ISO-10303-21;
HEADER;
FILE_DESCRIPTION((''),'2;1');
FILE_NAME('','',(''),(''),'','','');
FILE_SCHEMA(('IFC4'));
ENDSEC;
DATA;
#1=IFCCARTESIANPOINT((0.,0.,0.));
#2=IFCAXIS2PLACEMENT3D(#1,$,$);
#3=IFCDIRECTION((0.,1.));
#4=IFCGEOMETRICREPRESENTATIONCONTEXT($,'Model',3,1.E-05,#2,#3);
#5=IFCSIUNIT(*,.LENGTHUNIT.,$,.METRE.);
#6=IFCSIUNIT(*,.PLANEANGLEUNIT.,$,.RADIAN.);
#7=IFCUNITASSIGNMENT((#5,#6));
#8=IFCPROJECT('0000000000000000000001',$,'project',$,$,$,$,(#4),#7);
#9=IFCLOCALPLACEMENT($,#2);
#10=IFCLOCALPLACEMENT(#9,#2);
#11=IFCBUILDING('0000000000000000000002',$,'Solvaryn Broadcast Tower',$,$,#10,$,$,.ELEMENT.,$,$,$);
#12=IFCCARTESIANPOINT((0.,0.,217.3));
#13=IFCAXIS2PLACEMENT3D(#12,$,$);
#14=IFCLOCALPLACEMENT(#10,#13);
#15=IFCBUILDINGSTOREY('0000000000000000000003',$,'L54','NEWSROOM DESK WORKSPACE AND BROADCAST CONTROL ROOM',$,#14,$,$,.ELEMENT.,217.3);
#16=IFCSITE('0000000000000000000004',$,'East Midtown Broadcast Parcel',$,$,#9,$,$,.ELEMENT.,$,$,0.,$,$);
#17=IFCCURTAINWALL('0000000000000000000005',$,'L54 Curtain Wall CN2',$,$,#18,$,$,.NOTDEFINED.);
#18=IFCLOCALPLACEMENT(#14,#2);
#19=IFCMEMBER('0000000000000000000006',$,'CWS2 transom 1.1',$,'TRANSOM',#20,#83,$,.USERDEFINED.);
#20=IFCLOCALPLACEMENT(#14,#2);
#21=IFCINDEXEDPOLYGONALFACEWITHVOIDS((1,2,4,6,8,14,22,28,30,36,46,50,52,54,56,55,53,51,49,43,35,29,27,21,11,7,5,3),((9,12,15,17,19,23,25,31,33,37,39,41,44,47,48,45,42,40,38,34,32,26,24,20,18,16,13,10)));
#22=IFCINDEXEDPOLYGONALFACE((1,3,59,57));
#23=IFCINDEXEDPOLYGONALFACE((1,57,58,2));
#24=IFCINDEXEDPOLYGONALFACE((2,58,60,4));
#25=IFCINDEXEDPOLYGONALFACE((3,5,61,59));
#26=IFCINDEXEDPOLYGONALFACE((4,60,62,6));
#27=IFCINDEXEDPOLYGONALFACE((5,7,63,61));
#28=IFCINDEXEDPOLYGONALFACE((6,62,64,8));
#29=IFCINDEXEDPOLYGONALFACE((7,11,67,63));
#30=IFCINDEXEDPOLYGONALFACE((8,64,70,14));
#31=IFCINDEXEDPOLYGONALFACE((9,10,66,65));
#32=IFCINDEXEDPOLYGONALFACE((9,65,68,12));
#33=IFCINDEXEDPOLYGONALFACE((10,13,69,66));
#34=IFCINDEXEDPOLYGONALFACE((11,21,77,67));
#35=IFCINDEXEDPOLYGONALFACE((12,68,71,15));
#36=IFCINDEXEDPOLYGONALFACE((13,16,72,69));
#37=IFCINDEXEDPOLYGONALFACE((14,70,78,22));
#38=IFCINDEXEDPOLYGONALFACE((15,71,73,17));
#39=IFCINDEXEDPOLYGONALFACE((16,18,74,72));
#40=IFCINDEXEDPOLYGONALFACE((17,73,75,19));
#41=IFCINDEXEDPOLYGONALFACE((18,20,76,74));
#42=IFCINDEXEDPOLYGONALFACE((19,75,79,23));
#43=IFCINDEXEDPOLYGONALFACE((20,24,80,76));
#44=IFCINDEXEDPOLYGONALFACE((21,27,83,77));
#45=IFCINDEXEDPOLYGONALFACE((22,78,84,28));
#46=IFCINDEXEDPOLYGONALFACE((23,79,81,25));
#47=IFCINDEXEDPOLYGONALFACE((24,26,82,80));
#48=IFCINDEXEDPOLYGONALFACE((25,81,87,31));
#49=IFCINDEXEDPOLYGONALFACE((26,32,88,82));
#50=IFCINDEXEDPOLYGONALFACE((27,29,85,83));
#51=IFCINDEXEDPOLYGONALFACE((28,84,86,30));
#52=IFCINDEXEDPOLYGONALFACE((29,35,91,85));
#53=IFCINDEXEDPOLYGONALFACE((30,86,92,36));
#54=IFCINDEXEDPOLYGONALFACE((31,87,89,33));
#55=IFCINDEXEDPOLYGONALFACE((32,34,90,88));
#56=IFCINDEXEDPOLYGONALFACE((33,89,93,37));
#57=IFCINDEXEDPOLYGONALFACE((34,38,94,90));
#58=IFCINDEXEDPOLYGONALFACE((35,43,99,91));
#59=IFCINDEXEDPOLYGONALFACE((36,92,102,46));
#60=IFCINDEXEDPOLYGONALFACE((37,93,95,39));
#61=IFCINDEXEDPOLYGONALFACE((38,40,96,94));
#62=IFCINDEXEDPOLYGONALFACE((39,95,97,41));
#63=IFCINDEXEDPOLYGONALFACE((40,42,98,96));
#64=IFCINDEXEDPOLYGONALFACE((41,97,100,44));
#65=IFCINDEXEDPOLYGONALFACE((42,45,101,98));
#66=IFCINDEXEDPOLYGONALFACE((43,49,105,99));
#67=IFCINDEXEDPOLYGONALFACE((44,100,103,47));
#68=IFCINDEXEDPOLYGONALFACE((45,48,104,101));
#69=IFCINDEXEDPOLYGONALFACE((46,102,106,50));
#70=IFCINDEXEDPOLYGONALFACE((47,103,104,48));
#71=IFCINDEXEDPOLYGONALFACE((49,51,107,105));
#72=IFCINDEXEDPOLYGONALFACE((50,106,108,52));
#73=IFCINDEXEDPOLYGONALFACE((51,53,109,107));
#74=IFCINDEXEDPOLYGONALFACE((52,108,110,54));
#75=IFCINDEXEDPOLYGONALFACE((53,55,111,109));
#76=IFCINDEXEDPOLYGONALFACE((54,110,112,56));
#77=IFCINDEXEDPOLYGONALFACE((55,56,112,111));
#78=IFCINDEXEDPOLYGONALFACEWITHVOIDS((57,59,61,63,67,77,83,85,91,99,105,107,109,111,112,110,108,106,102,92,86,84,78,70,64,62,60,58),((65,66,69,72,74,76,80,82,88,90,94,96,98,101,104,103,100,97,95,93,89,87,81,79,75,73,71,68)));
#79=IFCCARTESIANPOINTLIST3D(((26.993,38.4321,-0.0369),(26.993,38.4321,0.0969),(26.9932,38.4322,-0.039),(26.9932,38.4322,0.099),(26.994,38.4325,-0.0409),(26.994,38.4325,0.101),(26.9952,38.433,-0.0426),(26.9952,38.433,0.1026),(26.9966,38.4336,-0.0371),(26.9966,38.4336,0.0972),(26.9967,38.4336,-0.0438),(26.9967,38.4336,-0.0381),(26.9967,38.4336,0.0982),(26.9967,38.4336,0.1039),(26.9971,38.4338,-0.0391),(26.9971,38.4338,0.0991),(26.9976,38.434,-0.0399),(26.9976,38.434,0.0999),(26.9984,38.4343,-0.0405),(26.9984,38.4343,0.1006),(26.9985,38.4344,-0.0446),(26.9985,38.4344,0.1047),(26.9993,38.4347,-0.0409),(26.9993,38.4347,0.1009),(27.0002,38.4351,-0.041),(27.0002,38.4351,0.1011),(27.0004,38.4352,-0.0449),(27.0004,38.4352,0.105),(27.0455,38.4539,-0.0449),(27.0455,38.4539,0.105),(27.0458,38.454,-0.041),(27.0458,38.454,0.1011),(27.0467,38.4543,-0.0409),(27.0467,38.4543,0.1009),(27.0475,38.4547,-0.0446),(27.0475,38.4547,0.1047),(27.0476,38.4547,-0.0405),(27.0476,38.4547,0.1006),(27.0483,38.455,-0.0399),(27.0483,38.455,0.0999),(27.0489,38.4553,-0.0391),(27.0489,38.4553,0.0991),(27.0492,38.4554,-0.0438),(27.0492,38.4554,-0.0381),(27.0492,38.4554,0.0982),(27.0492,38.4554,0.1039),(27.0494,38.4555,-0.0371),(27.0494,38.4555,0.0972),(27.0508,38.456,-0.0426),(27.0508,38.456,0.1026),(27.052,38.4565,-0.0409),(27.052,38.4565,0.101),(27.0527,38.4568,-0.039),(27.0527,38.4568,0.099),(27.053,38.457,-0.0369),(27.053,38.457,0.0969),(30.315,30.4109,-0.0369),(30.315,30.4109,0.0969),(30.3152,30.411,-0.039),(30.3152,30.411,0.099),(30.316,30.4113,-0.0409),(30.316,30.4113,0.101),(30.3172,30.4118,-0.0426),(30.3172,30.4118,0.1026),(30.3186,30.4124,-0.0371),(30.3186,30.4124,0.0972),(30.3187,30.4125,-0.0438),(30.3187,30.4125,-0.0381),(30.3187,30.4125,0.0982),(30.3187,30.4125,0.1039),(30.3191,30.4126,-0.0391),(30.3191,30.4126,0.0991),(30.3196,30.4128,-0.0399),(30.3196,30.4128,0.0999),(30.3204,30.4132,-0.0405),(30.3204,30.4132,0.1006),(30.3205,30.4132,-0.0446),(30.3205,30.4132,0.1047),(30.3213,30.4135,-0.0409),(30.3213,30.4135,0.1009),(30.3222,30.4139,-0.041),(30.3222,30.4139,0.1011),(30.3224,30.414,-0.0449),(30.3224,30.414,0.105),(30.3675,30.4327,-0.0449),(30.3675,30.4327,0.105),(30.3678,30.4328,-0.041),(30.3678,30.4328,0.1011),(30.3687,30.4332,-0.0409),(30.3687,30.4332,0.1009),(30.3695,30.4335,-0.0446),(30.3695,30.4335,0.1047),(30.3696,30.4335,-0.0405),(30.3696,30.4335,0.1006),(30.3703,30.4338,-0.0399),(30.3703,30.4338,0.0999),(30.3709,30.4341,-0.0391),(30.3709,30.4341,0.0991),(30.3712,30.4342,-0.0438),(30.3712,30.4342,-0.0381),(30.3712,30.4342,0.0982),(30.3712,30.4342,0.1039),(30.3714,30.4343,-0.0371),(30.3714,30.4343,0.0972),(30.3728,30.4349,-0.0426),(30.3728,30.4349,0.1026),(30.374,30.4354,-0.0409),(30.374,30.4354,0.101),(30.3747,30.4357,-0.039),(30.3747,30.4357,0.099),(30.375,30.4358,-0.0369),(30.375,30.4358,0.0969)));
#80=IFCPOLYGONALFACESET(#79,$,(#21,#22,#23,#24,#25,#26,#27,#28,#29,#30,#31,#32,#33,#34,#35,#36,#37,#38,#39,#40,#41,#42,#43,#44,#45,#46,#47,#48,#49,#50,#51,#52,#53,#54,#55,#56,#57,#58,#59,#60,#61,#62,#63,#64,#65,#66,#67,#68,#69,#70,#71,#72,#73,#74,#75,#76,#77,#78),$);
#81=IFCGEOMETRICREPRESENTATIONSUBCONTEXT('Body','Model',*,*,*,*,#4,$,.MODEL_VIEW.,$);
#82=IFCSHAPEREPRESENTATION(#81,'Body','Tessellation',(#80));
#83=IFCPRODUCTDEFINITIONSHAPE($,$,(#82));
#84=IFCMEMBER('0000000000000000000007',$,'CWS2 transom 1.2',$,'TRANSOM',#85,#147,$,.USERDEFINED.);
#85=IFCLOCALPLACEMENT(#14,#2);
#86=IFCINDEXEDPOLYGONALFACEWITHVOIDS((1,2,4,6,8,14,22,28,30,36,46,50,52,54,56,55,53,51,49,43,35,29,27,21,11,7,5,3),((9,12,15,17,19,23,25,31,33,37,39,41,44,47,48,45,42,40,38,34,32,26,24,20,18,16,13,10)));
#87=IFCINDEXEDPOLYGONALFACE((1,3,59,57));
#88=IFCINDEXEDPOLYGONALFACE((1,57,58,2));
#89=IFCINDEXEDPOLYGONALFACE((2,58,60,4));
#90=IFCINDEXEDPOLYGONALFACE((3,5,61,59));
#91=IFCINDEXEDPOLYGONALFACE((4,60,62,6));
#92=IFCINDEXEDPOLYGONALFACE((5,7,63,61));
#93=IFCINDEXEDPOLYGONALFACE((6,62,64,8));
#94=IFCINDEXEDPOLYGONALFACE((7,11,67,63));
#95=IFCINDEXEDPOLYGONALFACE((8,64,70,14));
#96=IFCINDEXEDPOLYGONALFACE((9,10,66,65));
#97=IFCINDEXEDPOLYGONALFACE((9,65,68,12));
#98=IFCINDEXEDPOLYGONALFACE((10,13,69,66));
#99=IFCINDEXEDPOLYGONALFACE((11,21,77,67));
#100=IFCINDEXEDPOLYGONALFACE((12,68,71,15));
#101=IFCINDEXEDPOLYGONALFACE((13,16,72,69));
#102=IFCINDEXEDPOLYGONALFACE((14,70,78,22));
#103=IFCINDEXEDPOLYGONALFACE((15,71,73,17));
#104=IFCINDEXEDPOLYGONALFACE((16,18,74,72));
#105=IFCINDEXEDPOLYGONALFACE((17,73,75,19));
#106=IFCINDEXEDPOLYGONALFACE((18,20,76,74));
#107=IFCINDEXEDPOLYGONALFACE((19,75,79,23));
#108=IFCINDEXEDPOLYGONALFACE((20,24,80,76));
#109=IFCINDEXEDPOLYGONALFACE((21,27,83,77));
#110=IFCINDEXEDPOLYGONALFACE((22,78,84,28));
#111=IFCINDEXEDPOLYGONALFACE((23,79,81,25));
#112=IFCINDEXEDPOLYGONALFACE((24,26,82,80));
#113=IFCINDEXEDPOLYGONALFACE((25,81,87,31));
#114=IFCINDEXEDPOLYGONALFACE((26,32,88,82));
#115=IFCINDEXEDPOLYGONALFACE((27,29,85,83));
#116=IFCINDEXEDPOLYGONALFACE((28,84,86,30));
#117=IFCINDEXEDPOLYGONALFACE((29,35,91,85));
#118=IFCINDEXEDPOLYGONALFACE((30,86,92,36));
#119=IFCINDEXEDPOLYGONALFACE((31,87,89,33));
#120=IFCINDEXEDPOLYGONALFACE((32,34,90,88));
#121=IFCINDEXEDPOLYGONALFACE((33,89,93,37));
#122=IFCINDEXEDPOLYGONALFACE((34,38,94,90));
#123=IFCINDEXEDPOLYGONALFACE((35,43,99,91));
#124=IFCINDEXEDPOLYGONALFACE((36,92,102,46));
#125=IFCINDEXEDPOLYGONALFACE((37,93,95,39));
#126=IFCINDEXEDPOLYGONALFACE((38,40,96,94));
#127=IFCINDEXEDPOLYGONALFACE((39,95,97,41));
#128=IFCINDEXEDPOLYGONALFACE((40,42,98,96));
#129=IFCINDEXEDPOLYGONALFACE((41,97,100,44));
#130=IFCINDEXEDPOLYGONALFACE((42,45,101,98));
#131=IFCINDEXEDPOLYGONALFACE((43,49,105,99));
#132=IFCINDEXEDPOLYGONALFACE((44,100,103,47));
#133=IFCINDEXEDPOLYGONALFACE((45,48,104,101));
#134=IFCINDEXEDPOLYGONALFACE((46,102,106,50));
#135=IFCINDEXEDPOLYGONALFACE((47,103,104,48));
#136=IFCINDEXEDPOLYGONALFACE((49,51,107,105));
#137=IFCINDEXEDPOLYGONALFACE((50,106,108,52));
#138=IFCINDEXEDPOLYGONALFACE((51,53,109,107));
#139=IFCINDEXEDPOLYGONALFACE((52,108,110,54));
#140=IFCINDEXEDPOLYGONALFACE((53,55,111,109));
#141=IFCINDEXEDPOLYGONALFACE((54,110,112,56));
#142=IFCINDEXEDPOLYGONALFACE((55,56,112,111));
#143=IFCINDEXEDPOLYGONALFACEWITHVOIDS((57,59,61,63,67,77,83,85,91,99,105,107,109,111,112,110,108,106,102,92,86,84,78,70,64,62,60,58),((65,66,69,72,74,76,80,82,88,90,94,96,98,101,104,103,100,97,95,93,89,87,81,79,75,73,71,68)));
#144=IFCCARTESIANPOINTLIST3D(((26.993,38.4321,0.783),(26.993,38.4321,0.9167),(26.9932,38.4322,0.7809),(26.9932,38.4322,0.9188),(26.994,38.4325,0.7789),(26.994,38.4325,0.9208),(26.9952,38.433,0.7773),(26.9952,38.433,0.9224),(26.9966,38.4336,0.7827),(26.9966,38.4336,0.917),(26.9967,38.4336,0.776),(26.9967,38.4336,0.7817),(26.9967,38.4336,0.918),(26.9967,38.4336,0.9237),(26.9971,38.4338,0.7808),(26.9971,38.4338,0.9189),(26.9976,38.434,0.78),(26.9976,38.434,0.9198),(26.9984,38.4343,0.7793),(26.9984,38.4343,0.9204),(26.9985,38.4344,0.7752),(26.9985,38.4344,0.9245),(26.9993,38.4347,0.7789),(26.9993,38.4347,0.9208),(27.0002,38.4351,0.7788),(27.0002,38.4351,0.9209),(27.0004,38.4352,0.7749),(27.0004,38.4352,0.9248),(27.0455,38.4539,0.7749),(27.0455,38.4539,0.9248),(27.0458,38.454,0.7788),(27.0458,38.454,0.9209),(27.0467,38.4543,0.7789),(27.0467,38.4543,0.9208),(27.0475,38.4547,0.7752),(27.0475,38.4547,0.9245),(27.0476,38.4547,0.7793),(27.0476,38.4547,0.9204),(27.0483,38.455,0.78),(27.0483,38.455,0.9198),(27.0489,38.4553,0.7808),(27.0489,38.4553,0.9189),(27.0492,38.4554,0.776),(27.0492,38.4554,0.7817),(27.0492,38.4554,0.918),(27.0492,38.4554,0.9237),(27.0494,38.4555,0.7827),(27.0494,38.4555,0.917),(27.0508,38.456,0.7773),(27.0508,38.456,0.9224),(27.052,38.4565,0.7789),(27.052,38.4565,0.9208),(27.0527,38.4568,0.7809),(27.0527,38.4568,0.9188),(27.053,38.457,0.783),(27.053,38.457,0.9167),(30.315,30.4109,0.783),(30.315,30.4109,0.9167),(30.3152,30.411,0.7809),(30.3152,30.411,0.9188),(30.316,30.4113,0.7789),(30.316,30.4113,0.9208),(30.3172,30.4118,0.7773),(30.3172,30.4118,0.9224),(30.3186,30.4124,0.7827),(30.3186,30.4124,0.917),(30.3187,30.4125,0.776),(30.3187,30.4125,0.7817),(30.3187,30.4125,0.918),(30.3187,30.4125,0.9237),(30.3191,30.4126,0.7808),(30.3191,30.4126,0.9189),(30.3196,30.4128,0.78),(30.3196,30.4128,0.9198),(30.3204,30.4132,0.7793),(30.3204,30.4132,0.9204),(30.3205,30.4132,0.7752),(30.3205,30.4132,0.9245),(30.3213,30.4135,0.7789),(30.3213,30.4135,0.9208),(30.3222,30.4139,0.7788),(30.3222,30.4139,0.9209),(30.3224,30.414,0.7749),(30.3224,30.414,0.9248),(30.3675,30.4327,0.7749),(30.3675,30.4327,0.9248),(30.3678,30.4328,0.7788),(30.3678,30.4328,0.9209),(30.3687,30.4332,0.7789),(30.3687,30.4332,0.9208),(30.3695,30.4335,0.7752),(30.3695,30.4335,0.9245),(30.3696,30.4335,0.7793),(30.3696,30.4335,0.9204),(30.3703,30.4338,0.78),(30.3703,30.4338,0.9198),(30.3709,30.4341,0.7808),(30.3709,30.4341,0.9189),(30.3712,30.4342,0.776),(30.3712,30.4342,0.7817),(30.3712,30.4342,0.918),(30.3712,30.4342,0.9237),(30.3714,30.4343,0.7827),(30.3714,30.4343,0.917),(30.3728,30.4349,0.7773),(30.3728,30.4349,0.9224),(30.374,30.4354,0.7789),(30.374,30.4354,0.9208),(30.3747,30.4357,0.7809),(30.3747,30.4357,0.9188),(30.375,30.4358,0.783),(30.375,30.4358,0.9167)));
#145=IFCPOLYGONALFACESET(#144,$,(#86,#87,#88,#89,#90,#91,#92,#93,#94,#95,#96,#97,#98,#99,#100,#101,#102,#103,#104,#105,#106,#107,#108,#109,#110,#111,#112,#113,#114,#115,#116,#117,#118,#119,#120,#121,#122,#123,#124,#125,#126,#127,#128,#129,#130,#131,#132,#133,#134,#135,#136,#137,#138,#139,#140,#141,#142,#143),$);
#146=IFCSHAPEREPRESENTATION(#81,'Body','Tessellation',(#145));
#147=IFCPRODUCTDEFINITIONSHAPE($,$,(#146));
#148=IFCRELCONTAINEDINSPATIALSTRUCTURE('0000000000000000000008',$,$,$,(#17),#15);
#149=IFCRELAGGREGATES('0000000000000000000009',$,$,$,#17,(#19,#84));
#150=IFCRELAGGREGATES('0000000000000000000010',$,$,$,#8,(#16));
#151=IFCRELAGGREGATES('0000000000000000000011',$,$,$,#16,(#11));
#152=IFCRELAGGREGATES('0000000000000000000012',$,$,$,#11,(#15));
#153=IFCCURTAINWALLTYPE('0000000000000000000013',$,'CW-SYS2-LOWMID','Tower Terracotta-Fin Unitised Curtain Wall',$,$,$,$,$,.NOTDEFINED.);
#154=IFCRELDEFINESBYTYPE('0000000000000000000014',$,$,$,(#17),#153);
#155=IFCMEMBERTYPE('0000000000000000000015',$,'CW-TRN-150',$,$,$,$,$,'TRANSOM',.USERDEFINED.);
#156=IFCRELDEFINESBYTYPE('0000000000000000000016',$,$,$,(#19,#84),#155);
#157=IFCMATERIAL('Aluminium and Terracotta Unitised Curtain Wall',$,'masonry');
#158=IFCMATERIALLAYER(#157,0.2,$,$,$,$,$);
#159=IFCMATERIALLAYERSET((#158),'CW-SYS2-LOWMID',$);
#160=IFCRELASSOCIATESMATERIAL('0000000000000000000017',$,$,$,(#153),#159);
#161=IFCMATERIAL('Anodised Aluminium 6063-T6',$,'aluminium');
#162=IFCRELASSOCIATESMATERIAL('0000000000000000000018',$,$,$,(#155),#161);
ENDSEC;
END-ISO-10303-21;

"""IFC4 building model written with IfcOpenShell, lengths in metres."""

from ifc_helpers import new_model, si_unit, direction, frame, origin, origin_2d, place, context, subcontext, project, spatial, hollow_rectangle, extrude, material, layer, layer_set, material_profile, profile_set, type_object, element, aggregate, save


model = new_model("IFC4")

# Units and contexts
model_context = context("Model", 3, precision=1e-05, world=origin(), true_north=direction((0.0, 1.0)))
body_context = subcontext(model_context, "Body", "Model", "MODEL_VIEW")
ifc_project = project(units=[si_unit("LENGTHUNIT", "METRE"), si_unit("PLANEANGLEUNIT", "RADIAN")], contexts=[model_context])

# Site, building, storey
site_placement = place(None, origin())
site = spatial("IfcSite", under=ifc_project, at=site_placement, Name="East Midtown Broadcast Parcel", CompositionType="ELEMENT", RefElevation=0.0)
building_placement = place(site_placement, origin())
building = spatial("IfcBuilding", under=site, at=building_placement, Name="Solvaryn Broadcast Tower", CompositionType="ELEMENT")
storey_placement = place(building_placement, frame((0.0, 0.0, 217.3)))
storey = spatial("IfcBuildingStorey", under=building, at=storey_placement, Name="L54", Description="NEWSROOM DESK WORKSPACE AND BROADCAST CONTROL ROOM", CompositionType="ELEMENT", Elevation=217.3)

# Shared definitions
ifc_material_1 = material(Name="Aluminium and Terracotta Unitised Curtain Wall", Category="masonry")
ifc_layer_1 = layer(ifc_material_1, 0.2)
ifc_layer_set_1 = layer_set([ifc_layer_1], Name="CW-SYS2-LOWMID")
curtain_wall_type = type_object("IfcCurtainWallType", Name="CW-SYS2-LOWMID", Description="Tower Terracotta-Fin Unitised Curtain Wall", PredefinedType="NOTDEFINED", material=ifc_layer_set_1)

# Curtain wall, members
curtain_wall_1_placement = place(storey_placement, origin())
curtain_wall_1 = element("IfcCurtainWall", 1, at=curtain_wall_1_placement, inside=storey, type_object=curtain_wall_type, Name="L54 Curtain Wall CN2", PredefinedType="NOTDEFINED")
ifc_material_2 = material(Name="Anodised Aluminium 6063-T6", Category="aluminium")
ifc_material_profile_1 = material_profile(ifc_material_2, hollow_rectangle(XDim=0.0649, YDim=0.1499, WallThickness=0.0039, InnerFilletRadius=0.0039, OuterFilletRadius=0.0081, at=origin_2d()))
ifc_profile_set_1 = profile_set([ifc_material_profile_1], Name="Anodised Aluminium 6063-T6")
member_type_1 = type_object("IfcMemberType", Name="CW-TRN-150", ElementType="TRANSOM", PredefinedType="USERDEFINED", material=ifc_profile_set_1)
member_1_placement = place(storey_placement, frame((30.345, 30.4233, 0.03), z_axis=(-0.382636, 0.923899, 0.0), x_axis=(-0.923899, -0.382636, 0.0)))
member_1 = element("IfcMember", 2, at=member_1_placement, type_object=member_type_1, Name="CWS2 transom 1.1", ObjectType="TRANSOM", PredefinedType="USERDEFINED", context=body_context, shape_type="SweptSolid", body=[
    extrude(hollow_rectangle(XDim=0.0649, YDim=0.1499, WallThickness=0.0039, InnerFilletRadius=0.0039, OuterFilletRadius=0.0081, at=origin_2d()), origin(), (0.0, 0.0, 1.0), 8.6819),
])
member_2_placement = place(storey_placement, frame((30.345, 30.4233, 0.8499), z_axis=(-0.382636, 0.923899, 0.0), x_axis=(-0.923899, -0.382636, 0.0)))
member_2 = element("IfcMember", 3, at=member_2_placement, type_object=member_type_1, Name="CWS2 transom 1.2", ObjectType="TRANSOM", PredefinedType="USERDEFINED", context=body_context, shape_type="SweptSolid", body=[
    extrude(hollow_rectangle(XDim=0.0649, YDim=0.1499, WallThickness=0.0039, InnerFilletRadius=0.0039, OuterFilletRadius=0.0081, at=origin_2d()), origin(), (0.0, 0.0, 1.0), 8.6819),
])

aggregate(curtain_wall_1, [member_1, member_2])

save(model, "model.ifc")
